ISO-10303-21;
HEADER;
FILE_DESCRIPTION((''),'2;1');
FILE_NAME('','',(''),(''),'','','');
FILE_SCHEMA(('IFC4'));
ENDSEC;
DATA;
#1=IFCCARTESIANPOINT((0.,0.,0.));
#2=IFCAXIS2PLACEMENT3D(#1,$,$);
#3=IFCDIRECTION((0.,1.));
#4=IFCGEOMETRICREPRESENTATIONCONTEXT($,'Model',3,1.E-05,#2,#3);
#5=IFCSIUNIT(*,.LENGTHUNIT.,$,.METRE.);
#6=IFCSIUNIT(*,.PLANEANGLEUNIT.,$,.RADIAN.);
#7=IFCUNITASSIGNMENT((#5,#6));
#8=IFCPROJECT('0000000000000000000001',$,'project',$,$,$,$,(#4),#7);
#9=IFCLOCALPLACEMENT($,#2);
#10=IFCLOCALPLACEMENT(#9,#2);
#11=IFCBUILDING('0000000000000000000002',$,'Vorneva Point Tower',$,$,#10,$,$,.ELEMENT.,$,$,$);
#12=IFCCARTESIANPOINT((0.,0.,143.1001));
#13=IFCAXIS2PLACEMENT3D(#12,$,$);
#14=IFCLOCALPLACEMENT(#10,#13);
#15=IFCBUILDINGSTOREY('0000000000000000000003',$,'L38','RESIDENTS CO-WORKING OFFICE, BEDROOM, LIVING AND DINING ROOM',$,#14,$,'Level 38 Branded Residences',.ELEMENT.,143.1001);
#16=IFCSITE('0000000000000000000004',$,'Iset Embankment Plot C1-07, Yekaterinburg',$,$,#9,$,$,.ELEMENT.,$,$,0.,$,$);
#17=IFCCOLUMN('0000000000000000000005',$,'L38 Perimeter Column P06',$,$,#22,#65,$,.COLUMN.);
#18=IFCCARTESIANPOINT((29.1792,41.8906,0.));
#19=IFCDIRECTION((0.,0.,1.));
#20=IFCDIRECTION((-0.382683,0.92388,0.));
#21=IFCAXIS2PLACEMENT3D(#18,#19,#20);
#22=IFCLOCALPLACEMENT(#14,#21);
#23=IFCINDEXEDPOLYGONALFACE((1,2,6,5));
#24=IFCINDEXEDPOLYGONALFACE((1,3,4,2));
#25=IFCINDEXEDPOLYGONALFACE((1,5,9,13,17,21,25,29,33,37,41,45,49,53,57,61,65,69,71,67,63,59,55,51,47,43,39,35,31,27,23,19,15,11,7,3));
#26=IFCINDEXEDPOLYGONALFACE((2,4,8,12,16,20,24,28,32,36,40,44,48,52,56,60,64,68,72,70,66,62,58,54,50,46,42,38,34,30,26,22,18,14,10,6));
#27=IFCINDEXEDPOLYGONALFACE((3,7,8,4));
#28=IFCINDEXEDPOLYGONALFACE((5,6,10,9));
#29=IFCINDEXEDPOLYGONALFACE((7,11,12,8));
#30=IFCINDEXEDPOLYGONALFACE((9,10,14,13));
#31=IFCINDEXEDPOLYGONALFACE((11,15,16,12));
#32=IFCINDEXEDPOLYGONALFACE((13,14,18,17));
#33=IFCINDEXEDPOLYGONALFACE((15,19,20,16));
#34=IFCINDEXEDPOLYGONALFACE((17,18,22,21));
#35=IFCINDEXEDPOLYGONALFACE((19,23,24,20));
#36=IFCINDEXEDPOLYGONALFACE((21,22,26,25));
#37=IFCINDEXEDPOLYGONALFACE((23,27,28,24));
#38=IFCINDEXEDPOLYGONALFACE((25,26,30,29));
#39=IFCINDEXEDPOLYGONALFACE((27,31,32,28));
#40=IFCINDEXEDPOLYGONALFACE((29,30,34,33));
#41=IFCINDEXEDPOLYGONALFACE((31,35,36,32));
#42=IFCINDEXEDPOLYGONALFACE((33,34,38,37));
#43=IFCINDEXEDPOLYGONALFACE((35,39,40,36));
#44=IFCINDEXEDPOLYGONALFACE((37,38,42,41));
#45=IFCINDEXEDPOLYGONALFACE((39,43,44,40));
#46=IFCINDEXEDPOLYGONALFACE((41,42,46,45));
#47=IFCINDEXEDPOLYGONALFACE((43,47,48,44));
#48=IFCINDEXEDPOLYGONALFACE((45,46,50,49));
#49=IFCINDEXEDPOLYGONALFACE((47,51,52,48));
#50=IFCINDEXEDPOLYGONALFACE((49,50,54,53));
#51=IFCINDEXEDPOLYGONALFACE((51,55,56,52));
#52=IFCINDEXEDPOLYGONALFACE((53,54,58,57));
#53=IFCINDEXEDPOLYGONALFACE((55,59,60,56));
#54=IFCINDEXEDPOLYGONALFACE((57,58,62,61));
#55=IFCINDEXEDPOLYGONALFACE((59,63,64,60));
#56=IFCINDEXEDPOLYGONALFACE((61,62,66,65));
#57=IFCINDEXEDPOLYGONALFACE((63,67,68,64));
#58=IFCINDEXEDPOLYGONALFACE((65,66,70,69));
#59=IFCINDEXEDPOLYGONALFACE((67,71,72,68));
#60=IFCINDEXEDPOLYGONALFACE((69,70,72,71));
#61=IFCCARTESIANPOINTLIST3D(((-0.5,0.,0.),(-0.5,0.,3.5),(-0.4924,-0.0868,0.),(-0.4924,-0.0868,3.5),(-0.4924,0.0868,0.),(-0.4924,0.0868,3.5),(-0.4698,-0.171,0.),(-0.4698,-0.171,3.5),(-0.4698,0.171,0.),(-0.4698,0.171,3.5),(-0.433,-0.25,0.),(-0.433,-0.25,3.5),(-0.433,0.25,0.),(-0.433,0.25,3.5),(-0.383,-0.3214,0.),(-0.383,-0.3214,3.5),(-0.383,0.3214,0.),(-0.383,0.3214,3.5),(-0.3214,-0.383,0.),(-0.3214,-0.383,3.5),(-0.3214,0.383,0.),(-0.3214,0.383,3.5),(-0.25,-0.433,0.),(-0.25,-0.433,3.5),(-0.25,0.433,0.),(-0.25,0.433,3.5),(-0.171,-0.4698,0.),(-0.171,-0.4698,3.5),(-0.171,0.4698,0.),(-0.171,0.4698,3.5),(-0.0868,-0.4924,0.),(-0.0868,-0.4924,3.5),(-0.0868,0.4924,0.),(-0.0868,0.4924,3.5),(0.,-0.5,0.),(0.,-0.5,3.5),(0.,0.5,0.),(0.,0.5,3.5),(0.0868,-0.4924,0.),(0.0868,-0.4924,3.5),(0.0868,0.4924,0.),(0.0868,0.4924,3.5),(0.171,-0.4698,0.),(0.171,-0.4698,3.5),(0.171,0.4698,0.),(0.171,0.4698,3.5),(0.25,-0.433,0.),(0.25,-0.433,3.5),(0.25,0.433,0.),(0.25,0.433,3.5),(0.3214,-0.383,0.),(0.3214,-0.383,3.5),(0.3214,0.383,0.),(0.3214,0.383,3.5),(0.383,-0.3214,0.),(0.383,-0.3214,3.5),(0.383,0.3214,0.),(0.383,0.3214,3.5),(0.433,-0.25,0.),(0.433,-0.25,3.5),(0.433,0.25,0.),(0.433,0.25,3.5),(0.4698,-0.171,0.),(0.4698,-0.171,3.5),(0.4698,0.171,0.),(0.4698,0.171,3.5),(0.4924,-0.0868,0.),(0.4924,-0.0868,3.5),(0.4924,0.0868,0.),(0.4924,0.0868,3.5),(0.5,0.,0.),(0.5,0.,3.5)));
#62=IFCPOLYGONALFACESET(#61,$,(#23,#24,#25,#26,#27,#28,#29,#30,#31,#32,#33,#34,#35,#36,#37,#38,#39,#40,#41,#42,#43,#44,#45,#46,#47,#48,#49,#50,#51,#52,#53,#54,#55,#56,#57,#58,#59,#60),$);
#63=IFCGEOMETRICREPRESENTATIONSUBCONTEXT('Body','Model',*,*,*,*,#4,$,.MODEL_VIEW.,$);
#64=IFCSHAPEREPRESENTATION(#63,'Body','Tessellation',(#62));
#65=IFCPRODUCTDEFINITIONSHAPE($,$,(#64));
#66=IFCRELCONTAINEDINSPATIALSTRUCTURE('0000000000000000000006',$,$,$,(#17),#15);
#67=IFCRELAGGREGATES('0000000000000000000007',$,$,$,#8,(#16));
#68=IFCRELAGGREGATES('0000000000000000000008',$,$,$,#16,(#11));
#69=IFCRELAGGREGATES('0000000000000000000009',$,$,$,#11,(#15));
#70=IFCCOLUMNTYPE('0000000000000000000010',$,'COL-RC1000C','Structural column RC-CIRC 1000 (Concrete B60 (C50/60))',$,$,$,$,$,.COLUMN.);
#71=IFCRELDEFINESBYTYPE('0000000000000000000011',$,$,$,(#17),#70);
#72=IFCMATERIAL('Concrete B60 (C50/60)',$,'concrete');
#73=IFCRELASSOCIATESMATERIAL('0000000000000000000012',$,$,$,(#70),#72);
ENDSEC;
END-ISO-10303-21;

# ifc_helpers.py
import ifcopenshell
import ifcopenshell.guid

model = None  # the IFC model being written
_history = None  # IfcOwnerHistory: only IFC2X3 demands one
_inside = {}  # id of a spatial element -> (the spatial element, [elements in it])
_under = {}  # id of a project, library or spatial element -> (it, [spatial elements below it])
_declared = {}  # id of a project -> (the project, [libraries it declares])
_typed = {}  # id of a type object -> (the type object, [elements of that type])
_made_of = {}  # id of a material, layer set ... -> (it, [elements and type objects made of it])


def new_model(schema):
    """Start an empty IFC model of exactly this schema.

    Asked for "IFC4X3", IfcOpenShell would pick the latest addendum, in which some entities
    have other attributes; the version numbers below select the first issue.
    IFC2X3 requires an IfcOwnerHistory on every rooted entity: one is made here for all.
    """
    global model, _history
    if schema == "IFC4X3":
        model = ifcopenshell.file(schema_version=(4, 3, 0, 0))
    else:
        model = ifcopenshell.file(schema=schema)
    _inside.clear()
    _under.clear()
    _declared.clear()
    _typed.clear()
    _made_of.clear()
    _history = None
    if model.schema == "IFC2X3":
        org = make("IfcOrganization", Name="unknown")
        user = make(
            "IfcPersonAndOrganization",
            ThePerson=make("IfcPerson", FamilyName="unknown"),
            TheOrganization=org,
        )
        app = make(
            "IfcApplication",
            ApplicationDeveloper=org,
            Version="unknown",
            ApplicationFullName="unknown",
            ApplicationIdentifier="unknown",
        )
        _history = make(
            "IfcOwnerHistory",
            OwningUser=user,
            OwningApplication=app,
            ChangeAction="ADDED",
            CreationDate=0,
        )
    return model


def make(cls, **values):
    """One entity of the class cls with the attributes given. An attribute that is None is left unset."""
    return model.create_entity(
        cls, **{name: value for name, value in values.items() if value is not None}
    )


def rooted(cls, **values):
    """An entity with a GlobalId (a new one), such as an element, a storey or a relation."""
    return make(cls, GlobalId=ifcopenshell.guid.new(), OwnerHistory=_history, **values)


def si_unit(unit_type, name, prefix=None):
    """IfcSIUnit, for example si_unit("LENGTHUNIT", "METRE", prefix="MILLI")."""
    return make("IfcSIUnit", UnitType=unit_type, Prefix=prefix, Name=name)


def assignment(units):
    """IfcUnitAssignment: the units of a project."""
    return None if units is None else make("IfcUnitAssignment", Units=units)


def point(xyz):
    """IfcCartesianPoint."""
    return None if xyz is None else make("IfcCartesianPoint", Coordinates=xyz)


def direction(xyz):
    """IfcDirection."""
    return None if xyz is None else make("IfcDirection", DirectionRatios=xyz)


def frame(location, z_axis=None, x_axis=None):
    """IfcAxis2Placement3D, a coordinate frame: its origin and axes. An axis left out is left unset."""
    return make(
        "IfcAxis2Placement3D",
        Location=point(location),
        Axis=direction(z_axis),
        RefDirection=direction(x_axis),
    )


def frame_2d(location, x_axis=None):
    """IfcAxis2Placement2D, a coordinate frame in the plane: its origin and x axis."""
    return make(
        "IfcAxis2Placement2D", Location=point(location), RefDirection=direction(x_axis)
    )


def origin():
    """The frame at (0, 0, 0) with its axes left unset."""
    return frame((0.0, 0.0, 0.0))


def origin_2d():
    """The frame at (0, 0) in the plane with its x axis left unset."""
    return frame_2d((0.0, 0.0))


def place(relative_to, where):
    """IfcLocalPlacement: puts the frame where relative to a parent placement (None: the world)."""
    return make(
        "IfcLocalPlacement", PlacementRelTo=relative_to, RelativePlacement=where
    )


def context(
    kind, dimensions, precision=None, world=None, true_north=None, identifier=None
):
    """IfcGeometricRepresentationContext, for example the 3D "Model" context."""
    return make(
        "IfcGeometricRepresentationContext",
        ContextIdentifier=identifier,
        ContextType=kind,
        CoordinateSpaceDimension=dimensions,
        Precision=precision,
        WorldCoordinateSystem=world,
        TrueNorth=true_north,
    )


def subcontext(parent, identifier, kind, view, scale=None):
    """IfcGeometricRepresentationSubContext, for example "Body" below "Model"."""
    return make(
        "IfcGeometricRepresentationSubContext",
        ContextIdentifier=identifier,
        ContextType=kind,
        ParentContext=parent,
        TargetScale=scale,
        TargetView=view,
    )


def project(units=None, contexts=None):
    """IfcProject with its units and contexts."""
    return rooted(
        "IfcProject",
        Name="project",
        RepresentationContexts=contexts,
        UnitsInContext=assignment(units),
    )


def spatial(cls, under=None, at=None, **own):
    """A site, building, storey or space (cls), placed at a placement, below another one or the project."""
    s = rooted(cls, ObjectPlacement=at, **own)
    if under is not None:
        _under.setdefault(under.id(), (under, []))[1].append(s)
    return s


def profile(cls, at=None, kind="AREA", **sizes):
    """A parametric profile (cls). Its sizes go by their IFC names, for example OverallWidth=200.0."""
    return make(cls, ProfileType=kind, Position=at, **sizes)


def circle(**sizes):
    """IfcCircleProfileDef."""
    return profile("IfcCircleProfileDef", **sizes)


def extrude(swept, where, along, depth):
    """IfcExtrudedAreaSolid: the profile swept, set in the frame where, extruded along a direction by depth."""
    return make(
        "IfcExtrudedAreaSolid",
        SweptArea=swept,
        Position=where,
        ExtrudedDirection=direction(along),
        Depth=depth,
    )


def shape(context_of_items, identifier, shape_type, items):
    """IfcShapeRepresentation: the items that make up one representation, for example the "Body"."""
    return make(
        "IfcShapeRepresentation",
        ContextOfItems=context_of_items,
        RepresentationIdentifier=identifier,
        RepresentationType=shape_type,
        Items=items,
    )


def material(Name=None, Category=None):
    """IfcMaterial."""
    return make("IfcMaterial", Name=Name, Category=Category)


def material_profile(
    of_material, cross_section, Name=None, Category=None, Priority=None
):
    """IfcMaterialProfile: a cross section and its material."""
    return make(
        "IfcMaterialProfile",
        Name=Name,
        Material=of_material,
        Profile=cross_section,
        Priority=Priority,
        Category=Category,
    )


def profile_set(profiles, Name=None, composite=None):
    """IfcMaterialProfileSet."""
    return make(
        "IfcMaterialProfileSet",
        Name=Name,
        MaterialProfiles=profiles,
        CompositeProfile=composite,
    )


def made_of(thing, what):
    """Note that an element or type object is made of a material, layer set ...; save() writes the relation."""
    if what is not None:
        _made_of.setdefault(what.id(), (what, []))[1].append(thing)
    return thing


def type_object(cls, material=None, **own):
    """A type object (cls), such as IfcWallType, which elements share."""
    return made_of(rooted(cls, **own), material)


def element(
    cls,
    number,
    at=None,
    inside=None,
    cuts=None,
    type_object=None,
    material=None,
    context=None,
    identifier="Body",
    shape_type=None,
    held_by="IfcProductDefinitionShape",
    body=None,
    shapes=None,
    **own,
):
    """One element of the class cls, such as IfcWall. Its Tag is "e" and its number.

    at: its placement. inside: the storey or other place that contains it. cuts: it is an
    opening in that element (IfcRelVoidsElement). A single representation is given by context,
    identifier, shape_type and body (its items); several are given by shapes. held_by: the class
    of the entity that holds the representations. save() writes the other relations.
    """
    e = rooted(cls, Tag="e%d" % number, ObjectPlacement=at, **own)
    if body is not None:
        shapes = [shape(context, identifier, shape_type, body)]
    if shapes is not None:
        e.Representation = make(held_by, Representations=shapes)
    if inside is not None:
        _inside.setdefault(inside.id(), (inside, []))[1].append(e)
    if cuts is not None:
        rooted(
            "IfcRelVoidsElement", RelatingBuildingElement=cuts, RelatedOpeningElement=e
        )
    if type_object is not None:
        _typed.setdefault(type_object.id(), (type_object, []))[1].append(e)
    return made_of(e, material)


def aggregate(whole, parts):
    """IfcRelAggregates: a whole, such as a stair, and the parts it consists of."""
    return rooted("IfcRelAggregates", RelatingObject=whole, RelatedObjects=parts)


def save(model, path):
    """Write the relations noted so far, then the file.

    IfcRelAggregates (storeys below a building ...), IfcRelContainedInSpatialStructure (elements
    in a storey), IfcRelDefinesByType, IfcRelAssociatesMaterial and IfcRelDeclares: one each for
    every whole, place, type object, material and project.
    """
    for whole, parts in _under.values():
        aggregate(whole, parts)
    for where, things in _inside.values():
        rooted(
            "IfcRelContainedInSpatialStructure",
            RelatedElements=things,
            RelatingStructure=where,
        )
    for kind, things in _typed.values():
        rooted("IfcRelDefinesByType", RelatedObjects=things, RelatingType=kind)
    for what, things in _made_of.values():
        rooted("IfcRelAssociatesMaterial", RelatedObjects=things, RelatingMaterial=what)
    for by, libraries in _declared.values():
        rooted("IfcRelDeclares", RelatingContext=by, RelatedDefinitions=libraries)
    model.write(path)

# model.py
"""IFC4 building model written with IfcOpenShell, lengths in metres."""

from ifc_helpers import new_model, si_unit, direction, frame, origin, origin_2d, place, context, subcontext, project, spatial, circle, extrude, material, material_profile, profile_set, type_object, element, save


model = new_model("IFC4")

# Units and contexts
model_context = context("Model", 3, precision=1e-05, world=origin(), true_north=direction((0.0, 1.0)))
body_context = subcontext(model_context, "Body", "Model", "MODEL_VIEW")
ifc_project = project(units=[si_unit("LENGTHUNIT", "METRE"), si_unit("PLANEANGLEUNIT", "RADIAN")], contexts=[model_context])

# Site, building, storey
site_placement = place(None, origin())
site = spatial("IfcSite", under=ifc_project, at=site_placement, Name="Iset Embankment Plot C1-07, Yekaterinburg", CompositionType="ELEMENT", RefElevation=0.0)
building_placement = place(site_placement, origin())
building = spatial("IfcBuilding", under=site, at=building_placement, Name="Vorneva Point Tower", CompositionType="ELEMENT")
storey_placement = place(building_placement, frame((0.0, 0.0, 143.1001)))
storey = spatial("IfcBuildingStorey", under=building, at=storey_placement, Name="L38", Description="RESIDENTS CO-WORKING OFFICE, BEDROOM, LIVING AND DINING ROOM", LongName="Level 38 Branded Residences", CompositionType="ELEMENT", Elevation=143.1001)

# Column
ifc_material_1 = material(Name="Concrete B60 (C50/60)", Category="concrete")
ifc_material_profile_1 = material_profile(ifc_material_1, circle(Radius=0.5, at=origin_2d()), Name="RC-CIRC 1000")
ifc_profile_set_1 = profile_set([ifc_material_profile_1], Name="Concrete B60 (C50/60)")
column_type = type_object("IfcColumnType", Name="COL-RC1000C", Description="Structural column RC-CIRC 1000 (Concrete B60 (C50/60))", PredefinedType="COLUMN", material=ifc_profile_set_1)
column_placement = place(storey_placement, frame((29.1792, 41.8906, 0.0), z_axis=(0.0, 0.0, 1.0), x_axis=(-0.382683, 0.92388, 0.0)))
element("IfcColumn", 1, at=column_placement, inside=storey, type_object=column_type, Name="L38 Perimeter Column P06", PredefinedType="COLUMN", context=body_context, shape_type="SweptSolid", body=[
    extrude(circle(Radius=0.5, at=origin_2d()), origin(), (0.0, 0.0, 1.0), 3.5),
])

save(model, "model.ifc")
